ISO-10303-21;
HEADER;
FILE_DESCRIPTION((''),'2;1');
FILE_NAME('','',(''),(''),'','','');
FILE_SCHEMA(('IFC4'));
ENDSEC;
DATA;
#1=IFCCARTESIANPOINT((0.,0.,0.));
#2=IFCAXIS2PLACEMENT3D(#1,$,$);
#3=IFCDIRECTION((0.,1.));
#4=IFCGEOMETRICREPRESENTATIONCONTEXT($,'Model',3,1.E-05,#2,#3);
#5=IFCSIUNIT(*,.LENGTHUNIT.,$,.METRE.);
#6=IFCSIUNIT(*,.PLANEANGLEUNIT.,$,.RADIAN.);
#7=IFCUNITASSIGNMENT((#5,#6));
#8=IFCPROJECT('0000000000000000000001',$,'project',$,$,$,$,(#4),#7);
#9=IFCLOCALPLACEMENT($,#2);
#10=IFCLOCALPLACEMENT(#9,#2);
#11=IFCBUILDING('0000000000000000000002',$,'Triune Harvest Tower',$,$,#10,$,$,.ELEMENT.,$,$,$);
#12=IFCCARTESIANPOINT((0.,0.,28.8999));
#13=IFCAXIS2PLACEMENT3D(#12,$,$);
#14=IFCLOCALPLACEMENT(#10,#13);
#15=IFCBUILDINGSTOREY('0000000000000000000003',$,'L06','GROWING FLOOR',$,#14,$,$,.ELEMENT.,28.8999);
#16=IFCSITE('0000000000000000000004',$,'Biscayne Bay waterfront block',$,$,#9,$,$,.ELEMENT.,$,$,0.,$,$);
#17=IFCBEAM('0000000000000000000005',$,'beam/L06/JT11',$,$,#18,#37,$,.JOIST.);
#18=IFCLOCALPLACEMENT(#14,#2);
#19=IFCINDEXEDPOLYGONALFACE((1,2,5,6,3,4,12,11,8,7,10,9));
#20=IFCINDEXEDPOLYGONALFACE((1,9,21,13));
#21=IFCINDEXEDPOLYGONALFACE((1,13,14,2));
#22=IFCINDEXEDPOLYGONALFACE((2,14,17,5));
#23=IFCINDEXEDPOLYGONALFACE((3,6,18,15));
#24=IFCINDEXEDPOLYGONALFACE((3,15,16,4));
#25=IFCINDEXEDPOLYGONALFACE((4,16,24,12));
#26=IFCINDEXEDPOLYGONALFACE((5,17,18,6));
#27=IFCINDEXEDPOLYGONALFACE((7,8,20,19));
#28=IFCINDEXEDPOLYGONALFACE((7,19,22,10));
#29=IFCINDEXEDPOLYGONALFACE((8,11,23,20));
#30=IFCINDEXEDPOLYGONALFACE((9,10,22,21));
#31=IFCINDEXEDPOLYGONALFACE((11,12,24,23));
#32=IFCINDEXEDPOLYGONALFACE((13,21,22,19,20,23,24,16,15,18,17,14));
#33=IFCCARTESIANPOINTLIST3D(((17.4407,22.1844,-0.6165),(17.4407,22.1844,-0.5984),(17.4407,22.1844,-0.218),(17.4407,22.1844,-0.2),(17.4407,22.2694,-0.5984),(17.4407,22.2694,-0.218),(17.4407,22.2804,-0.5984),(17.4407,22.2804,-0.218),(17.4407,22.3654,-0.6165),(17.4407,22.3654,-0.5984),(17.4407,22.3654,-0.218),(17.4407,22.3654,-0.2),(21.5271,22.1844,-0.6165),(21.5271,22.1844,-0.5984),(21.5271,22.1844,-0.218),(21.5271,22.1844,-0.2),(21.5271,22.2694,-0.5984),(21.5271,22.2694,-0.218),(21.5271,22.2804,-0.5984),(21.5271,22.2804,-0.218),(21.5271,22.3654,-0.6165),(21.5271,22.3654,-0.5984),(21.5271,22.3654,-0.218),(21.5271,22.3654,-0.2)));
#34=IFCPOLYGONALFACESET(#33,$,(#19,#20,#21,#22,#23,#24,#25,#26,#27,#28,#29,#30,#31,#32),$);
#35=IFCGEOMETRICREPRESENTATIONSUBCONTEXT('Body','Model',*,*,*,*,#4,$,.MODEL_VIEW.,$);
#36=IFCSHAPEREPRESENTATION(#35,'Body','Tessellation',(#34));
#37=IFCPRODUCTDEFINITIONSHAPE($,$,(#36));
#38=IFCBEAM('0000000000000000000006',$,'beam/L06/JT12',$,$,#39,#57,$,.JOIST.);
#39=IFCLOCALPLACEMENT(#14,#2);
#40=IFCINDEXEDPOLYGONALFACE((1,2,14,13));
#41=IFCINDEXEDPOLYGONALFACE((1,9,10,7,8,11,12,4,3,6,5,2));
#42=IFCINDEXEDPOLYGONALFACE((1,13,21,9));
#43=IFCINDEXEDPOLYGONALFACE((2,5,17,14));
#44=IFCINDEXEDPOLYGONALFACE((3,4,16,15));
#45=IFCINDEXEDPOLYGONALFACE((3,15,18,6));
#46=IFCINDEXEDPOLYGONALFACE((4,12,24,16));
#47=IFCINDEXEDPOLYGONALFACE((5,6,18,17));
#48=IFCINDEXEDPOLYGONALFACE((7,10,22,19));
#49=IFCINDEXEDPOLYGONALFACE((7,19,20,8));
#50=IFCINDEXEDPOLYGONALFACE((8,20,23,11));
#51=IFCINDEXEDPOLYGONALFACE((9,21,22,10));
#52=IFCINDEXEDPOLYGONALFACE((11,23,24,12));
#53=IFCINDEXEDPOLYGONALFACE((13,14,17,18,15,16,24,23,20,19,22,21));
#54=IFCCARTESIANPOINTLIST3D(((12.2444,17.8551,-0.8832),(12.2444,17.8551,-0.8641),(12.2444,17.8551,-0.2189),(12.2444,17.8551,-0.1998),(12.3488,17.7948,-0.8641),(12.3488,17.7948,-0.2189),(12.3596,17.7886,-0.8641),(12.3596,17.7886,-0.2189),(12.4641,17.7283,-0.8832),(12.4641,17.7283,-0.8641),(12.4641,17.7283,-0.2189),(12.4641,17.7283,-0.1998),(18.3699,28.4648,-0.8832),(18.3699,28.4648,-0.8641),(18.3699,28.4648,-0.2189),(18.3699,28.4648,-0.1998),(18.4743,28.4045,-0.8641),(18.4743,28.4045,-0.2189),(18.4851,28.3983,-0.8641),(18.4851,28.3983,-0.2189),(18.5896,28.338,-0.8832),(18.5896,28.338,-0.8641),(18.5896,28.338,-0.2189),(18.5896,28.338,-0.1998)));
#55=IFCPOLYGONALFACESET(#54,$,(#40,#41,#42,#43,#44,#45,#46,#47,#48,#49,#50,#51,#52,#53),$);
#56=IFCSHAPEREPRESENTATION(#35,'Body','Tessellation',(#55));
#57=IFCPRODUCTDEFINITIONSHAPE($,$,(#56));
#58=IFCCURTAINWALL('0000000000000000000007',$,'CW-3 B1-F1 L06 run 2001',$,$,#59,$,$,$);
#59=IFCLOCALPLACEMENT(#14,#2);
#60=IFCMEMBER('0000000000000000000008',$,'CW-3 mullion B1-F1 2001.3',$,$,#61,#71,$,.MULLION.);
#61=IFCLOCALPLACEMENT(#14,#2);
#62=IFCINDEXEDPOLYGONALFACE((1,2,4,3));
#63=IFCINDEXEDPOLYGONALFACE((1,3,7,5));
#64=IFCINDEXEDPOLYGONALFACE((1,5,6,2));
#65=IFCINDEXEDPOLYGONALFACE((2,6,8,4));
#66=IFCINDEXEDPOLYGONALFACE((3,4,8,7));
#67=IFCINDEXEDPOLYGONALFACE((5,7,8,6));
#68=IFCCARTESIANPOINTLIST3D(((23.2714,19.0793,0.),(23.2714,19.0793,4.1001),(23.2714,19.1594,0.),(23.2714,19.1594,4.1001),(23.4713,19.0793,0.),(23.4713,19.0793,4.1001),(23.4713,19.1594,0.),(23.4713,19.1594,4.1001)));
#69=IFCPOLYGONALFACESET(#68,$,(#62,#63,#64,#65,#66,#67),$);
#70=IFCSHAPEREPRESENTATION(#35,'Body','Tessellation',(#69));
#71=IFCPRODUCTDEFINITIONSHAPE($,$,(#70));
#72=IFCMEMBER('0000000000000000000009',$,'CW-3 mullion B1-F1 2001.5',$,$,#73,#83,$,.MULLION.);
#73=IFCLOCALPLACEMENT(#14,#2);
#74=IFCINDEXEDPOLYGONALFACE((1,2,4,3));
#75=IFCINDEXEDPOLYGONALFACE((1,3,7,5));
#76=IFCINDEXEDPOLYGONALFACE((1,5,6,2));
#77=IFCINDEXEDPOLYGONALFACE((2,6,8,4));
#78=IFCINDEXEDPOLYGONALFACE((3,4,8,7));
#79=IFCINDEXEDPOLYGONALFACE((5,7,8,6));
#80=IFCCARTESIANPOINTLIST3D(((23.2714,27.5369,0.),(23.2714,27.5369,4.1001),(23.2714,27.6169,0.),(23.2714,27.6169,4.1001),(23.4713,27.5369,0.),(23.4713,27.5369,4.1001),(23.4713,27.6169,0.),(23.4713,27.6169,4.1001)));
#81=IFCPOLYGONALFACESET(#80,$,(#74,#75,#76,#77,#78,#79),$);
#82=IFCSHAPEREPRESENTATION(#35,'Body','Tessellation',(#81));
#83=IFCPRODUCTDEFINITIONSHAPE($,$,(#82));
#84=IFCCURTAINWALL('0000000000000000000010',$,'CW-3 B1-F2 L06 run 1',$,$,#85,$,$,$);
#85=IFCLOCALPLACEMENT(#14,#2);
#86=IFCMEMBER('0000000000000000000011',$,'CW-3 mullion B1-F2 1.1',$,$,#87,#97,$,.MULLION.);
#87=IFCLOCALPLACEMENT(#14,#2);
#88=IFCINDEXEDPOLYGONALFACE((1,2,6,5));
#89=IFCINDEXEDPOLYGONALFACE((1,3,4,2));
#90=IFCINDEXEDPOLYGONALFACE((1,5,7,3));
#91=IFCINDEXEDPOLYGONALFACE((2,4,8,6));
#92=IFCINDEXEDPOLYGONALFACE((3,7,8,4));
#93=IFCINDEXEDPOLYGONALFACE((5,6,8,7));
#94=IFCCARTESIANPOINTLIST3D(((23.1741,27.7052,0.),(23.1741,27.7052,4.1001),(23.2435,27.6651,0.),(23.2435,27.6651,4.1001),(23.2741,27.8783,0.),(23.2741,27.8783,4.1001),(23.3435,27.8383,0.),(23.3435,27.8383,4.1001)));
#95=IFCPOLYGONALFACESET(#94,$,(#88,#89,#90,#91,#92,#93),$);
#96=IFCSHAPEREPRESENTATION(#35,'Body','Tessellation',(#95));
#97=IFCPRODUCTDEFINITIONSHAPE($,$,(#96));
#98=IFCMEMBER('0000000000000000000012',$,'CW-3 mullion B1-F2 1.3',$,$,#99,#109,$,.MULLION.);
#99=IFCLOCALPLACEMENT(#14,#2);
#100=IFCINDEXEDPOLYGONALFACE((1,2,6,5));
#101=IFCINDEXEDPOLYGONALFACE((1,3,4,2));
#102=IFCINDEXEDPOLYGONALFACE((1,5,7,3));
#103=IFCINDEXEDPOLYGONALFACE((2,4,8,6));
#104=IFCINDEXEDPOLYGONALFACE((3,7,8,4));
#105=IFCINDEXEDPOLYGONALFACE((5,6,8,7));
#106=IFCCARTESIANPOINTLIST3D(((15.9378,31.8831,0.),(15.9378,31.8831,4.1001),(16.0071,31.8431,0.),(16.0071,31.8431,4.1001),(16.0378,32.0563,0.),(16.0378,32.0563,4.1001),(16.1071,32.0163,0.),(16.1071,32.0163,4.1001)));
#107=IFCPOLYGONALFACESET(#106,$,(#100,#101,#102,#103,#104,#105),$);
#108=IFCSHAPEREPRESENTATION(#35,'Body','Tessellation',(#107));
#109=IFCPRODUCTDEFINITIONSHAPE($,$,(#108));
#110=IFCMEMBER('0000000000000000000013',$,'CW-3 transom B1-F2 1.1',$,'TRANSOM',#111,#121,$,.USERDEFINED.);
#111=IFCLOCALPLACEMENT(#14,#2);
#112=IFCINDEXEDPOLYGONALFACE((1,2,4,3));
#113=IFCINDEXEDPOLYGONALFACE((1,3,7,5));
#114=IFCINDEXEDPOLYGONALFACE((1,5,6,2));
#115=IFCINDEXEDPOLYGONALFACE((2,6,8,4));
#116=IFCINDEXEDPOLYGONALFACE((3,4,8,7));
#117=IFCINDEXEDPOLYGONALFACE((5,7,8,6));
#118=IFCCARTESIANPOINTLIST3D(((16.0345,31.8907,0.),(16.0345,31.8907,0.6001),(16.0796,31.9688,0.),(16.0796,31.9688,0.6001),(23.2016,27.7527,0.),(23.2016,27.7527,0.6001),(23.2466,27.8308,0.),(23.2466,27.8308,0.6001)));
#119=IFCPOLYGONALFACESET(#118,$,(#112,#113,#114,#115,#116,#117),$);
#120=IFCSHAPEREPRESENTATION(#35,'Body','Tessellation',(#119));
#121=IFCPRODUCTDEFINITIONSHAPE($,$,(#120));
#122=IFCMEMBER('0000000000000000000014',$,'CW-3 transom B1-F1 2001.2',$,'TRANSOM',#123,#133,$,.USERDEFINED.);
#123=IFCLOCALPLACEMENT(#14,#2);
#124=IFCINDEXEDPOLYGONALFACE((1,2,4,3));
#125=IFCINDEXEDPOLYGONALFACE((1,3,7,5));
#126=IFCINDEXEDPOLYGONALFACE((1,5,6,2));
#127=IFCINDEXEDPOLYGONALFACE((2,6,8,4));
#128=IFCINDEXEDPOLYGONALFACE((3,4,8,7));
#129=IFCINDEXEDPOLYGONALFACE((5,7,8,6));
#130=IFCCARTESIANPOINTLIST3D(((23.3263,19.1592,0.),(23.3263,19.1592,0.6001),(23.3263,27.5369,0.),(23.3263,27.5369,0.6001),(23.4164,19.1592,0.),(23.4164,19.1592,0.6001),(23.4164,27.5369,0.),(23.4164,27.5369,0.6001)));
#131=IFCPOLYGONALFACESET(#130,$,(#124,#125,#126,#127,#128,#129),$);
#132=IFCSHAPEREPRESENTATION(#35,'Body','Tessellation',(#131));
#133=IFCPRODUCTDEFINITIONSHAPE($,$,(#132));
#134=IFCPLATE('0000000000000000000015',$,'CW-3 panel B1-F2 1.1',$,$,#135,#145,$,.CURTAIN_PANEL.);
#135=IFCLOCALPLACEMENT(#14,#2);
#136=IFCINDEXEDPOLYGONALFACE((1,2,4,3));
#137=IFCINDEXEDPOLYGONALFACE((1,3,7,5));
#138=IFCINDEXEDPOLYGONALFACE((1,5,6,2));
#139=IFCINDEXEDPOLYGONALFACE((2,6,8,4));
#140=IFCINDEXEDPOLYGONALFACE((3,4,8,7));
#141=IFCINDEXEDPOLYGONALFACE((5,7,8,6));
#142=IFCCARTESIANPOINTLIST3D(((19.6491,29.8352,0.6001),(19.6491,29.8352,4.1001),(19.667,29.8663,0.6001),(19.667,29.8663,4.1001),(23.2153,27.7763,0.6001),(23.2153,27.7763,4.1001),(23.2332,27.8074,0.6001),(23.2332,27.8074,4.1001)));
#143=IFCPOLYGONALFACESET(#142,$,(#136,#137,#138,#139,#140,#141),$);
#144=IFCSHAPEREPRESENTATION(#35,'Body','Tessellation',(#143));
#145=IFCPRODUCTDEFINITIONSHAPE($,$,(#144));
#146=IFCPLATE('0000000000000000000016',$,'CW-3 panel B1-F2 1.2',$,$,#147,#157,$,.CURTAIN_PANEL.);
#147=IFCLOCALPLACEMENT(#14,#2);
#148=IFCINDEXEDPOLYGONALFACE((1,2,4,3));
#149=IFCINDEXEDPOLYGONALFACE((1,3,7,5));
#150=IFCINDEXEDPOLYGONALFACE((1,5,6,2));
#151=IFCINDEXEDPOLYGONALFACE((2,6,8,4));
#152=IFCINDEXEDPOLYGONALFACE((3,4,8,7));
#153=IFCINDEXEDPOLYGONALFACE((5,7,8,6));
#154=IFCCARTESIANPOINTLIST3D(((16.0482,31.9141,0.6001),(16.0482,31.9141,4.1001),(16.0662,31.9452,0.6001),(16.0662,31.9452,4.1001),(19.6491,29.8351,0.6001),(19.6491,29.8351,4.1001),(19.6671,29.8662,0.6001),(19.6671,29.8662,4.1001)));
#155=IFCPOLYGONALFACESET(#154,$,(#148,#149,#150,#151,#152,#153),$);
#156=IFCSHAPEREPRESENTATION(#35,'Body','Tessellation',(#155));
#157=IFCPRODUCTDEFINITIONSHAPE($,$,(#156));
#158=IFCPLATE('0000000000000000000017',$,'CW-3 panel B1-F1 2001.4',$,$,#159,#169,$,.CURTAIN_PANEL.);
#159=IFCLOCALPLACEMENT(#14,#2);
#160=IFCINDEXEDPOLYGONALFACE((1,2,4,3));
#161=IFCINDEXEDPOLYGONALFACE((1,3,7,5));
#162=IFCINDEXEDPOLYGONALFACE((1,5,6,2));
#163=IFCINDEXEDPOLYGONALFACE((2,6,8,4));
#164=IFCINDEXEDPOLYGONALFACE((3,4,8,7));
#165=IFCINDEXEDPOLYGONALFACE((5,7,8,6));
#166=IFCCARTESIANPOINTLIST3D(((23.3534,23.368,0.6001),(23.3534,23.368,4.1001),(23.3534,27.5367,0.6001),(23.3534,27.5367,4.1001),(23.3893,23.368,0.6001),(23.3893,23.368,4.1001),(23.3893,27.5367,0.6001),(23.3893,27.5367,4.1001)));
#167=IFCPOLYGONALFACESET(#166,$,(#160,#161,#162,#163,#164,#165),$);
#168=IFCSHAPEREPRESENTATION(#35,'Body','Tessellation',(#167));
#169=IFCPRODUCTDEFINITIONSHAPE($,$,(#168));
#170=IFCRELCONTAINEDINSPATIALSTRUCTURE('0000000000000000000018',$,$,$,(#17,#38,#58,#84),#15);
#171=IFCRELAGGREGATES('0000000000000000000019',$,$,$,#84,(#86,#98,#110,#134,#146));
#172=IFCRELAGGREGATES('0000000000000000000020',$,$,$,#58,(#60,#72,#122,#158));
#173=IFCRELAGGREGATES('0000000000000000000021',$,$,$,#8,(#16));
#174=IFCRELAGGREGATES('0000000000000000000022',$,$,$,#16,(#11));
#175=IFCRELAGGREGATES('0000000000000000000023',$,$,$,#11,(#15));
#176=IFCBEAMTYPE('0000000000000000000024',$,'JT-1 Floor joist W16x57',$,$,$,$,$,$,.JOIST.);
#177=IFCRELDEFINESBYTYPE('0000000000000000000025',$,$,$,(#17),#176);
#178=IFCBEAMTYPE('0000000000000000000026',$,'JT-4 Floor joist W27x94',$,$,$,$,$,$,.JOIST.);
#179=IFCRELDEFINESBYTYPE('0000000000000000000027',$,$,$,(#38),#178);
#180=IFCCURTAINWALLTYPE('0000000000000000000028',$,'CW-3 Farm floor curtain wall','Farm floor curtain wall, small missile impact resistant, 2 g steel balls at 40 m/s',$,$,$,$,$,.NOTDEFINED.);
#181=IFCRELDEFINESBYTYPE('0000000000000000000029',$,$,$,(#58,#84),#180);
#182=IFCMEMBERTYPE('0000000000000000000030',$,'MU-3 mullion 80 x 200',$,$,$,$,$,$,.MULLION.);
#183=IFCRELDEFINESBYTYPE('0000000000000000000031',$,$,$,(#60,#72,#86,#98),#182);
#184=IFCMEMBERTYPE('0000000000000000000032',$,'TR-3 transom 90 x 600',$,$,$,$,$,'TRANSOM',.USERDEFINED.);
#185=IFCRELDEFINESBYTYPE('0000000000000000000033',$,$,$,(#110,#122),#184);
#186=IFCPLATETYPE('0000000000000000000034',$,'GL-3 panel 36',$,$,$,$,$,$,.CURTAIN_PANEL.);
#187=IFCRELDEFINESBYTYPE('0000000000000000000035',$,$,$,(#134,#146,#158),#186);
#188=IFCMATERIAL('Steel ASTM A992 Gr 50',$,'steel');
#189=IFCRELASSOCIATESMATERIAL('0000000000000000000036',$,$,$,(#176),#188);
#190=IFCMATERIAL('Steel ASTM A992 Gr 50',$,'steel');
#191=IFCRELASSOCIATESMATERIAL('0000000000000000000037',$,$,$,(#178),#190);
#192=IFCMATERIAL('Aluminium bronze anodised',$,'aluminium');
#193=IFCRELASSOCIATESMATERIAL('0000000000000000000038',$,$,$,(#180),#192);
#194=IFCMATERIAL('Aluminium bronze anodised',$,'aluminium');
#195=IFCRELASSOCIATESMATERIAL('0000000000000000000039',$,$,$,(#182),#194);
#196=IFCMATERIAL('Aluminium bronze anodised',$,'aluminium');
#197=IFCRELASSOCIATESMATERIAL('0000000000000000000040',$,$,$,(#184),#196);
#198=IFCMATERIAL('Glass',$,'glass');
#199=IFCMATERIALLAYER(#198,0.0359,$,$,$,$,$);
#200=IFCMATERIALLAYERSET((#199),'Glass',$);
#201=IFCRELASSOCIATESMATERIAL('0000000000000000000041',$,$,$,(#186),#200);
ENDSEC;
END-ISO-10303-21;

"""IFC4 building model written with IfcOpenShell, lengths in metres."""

from ifc_helpers import new_model, si_unit, direction, frame, origin, origin_2d, place, context, subcontext, project, spatial, rectangle, i_section, extrude, source, transform, mapped, material, layer, layer_set, material_profile, profile_set, type_object, element, aggregate, save


model = new_model("IFC4")

# Units and contexts
model_context = context("Model", 3, precision=1e-05, world=origin(), true_north=direction((0.0, 1.0)))
body_context = subcontext(model_context, "Body", "Model", "MODEL_VIEW")
ifc_project = project(units=[si_unit("LENGTHUNIT", "METRE"), si_unit("PLANEANGLEUNIT", "RADIAN")], contexts=[model_context])

# Site, building, storey
site_placement = place(None, origin())
site = spatial("IfcSite", under=ifc_project, at=site_placement, Name="Biscayne Bay waterfront block", CompositionType="ELEMENT", RefElevation=0.0)
building_placement = place(site_placement, origin())
building = spatial("IfcBuilding", under=site, at=building_placement, Name="Triune Harvest Tower", CompositionType="ELEMENT")
storey_placement = place(building_placement, frame((0.0, 0.0, 28.8999)))
storey = spatial("IfcBuildingStorey", under=building, at=storey_placement, Name="L06", Description="GROWING FLOOR", CompositionType="ELEMENT", Elevation=28.8999)

# Beams
ifc_material_1 = material(Name="Steel ASTM A992 Gr 50", Category="steel")
ifc_material_profile_1 = material_profile(ifc_material_1, i_section(OverallWidth=0.1809, OverallDepth=0.4165, WebThickness=0.011, FlangeThickness=0.0181, at=origin_2d()), Name="W16x57")
ifc_profile_set_1 = profile_set([ifc_material_profile_1], Name="Steel ASTM A992 Gr 50")
beam_type_1 = type_object("IfcBeamType", Name="JT-1 Floor joist W16x57", PredefinedType="JOIST", material=ifc_profile_set_1)
shared_shape_1 = source(origin(), body_context, "Body", "SweptSolid", [
    extrude(i_section(OverallWidth=0.1809, OverallDepth=0.4165, WebThickness=0.011, FlangeThickness=0.0181, at=origin_2d()), origin(), (0.0, 0.0, 1.0), 4.0864),
])
beam_1_placement = place(storey_placement, frame((21.5271, 22.2749, -0.4082), z_axis=(-1.0, 0.0, 0.0), x_axis=(0.0, -1.0, 0.0)))
element("IfcBeam", 1, at=beam_1_placement, inside=storey, type_object=beam_type_1, Name="beam/L06/JT11", PredefinedType="JOIST", context=body_context, shape_type="MappedRepresentation", body=[
    mapped(shared_shape_1, transform((0.0, 0.0, 0.0), scale=1.0)),
])
ifc_material_2 = material(Name="Steel ASTM A992 Gr 50", Category="steel")
ifc_material_profile_2 = material_profile(ifc_material_2, i_section(OverallWidth=0.2537, OverallDepth=0.6833, WebThickness=0.0125, FlangeThickness=0.019, at=origin_2d()), Name="W27x94")
ifc_profile_set_2 = profile_set([ifc_material_profile_2], Name="Steel ASTM A992 Gr 50")
beam_type_2 = type_object("IfcBeamType", Name="JT-4 Floor joist W27x94", PredefinedType="JOIST", material=ifc_profile_set_2)
shared_shape_2 = source(origin(), body_context, "Body", "SweptSolid", [
    extrude(i_section(OverallWidth=0.2537, OverallDepth=0.6833, WebThickness=0.0125, FlangeThickness=0.019, at=origin_2d()), origin(), (0.0, 0.0, 1.0), 12.251),
])
beam_2_placement = place(storey_placement, frame((18.4797, 28.4014, -0.5415), z_axis=(-0.500001, -0.866025, 0.0), x_axis=(0.866025, -0.500001, 0.0)))
element("IfcBeam", 2, at=beam_2_placement, inside=storey, type_object=beam_type_2, Name="beam/L06/JT12", PredefinedType="JOIST", context=body_context, shape_type="MappedRepresentation", body=[
    mapped(shared_shape_2, transform((0.0, 0.0, 0.0), scale=1.0)),
])

# Curtain walls, members
ifc_material_3 = material(Name="Aluminium bronze anodised", Category="aluminium")
curtain_wall_type = type_object("IfcCurtainWallType", Name="CW-3 Farm floor curtain wall", Description="Farm floor curtain wall, small missile impact resistant, 2 g steel balls at 40 m/s", PredefinedType="NOTDEFINED", material=ifc_material_3)
curtain_wall_1_placement = place(storey_placement, origin())
curtain_wall_1 = element("IfcCurtainWall", 3, at=curtain_wall_1_placement, inside=storey, type_object=curtain_wall_type, Name="CW-3 B1-F1 L06 run 2001")
ifc_material_4 = material(Name="Aluminium bronze anodised", Category="aluminium")
ifc_material_profile_3 = material_profile(ifc_material_4, rectangle(XDim=0.2, YDim=0.0801, at=origin_2d()), Name="MU-3 mullion 80 x 200")
ifc_profile_set_3 = profile_set([ifc_material_profile_3], Name="Aluminium bronze anodised")
member_type_1 = type_object("IfcMemberType", Name="MU-3 mullion 80 x 200", PredefinedType="MULLION", material=ifc_profile_set_3)
shared_shape_3 = source(origin(), body_context, "Body", "SweptSolid", [
    extrude(rectangle(XDim=0.2, YDim=0.0801, at=origin_2d()), origin(), (0.0, 0.0, 1.0), 4.1001),
])
member_1_placement = place(storey_placement, frame((23.3713, 19.1194, 0.0), z_axis=(0.0, 0.0, 1.0), x_axis=(-1.0, 0.0, 0.0)))
member_1 = element("IfcMember", 4, at=member_1_placement, type_object=member_type_1, Name="CW-3 mullion B1-F1 2001.3", PredefinedType="MULLION", context=body_context, shape_type="MappedRepresentation", body=[
    mapped(shared_shape_3, transform((0.0, 0.0, 0.0), scale=1.0)),
])
member_2_placement = place(storey_placement, frame((23.3713, 27.5769, 0.0), z_axis=(0.0, 0.0, 1.0), x_axis=(-1.0, 0.0, 0.0)))
member_2 = element("IfcMember", 5, at=member_2_placement, type_object=member_type_1, Name="CW-3 mullion B1-F1 2001.5", PredefinedType="MULLION", context=body_context, shape_type="MappedRepresentation", body=[
    mapped(shared_shape_3, transform((0.0, 0.0, 0.0), scale=1.0)),
])
curtain_wall_2_placement = place(storey_placement, origin())
curtain_wall_2 = element("IfcCurtainWall", 6, at=curtain_wall_2_placement, inside=storey, type_object=curtain_wall_type, Name="CW-3 B1-F2 L06 run 1")
member_3_placement = place(storey_placement, frame((23.2588, 27.7717, 0.0), z_axis=(0.0, 0.0, 1.0), x_axis=(-0.499999, -0.866026, 0.0)))
member_3 = element("IfcMember", 7, at=member_3_placement, type_object=member_type_1, Name="CW-3 mullion B1-F2 1.1", PredefinedType="MULLION", context=body_context, shape_type="MappedRepresentation", body=[
    mapped(shared_shape_3, transform((0.0, 0.0, 0.0), scale=1.0)),
])
member_4_placement = place(storey_placement, frame((16.0225, 31.9497, 0.0), z_axis=(0.0, 0.0, 1.0), x_axis=(-0.499999, -0.866026, 0.0)))
member_4 = element("IfcMember", 8, at=member_4_placement, type_object=member_type_1, Name="CW-3 mullion B1-F2 1.3", PredefinedType="MULLION", context=body_context, shape_type="MappedRepresentation", body=[
    mapped(shared_shape_3, transform((0.0, 0.0, 0.0), scale=1.0)),
])
ifc_material_5 = material(Name="Aluminium bronze anodised", Category="aluminium")
ifc_material_profile_4 = material_profile(ifc_material_5, rectangle(XDim=0.0901, YDim=0.6001, at=origin_2d()), Name="TR-3 transom 90 x 600")
ifc_profile_set_4 = profile_set([ifc_material_profile_4], Name="Aluminium bronze anodised")
member_type_2 = type_object("IfcMemberType", Name="TR-3 transom 90 x 600", ElementType="TRANSOM", PredefinedType="USERDEFINED", material=ifc_profile_set_4)
shared_shape_4 = source(origin(), body_context, "Body", "SweptSolid", [
    extrude(rectangle(XDim=0.0901, YDim=0.6001, at=origin_2d()), origin(), (0.0, 0.0, 1.0), 8.2759),
])
member_5_placement = place(storey_placement, frame((23.2241, 27.7917, 0.3), z_axis=(-0.866022, 0.500007, 0.0), x_axis=(-0.500007, -0.866022, 0.0)))
member_5 = element("IfcMember", 9, at=member_5_placement, type_object=member_type_2, Name="CW-3 transom B1-F2 1.1", ObjectType="TRANSOM", PredefinedType="USERDEFINED", context=body_context, shape_type="MappedRepresentation", body=[
    mapped(shared_shape_4, transform((0.0, 0.0, 0.0), scale=1.0)),
])

# Member
shared_shape_5 = source(origin(), body_context, "Body", "SweptSolid", [
    extrude(rectangle(XDim=0.0901, YDim=0.6001, at=origin_2d()), origin(), (0.0, 0.0, 1.0), 8.3777),
])
member_6_placement = place(storey_placement, frame((23.3713, 19.1592, 0.3), z_axis=(0.0, 1.0, 0.0), x_axis=(-1.0, 0.0, 0.0)))
member_6 = element("IfcMember", 10, at=member_6_placement, type_object=member_type_2, Name="CW-3 transom B1-F1 2001.2", ObjectType="TRANSOM", PredefinedType="USERDEFINED", context=body_context, shape_type="MappedRepresentation", body=[
    mapped(shared_shape_5, transform((0.0, 0.0, 0.0), scale=1.0)),
])

# Plates
ifc_material_6 = material(Name="Glass", Category="glass")
ifc_layer_1 = layer(ifc_material_6, 0.0359)
ifc_layer_set_1 = layer_set([ifc_layer_1], Name="Glass")
plate_type = type_object("IfcPlateType", Name="GL-3 panel 36", PredefinedType="CURTAIN_PANEL", material=ifc_layer_set_1)
shared_shape_6 = source(origin(), body_context, "Body", "SweptSolid", [
    extrude(rectangle(XDim=4.1179, YDim=0.0359, at=origin_2d()), origin(), (0.0, 0.0, 1.0), 3.5),
])
plate_1_placement = place(storey_placement, frame((21.4412, 28.8213, 0.6001), z_axis=(0.0, 0.0, 1.0), x_axis=(-0.866026, 0.499999, 0.0)))
plate_1 = element("IfcPlate", 11, at=plate_1_placement, type_object=plate_type, Name="CW-3 panel B1-F2 1.1", PredefinedType="CURTAIN_PANEL", context=body_context, shape_type="MappedRepresentation", body=[
    mapped(shared_shape_6, transform((0.0, 0.0, 0.0), scale=1.0)),
])
shared_shape_7 = source(origin(), body_context, "Body", "SweptSolid", [
    extrude(rectangle(XDim=4.158, YDim=0.0359, at=origin_2d()), origin(), (0.0, 0.0, 1.0), 3.5),
])
plate_2_placement = place(storey_placement, frame((17.8577, 30.8901, 0.6001), z_axis=(0.0, 0.0, 1.0), x_axis=(-0.866026, 0.499999, 0.0)))
plate_2 = element("IfcPlate", 12, at=plate_2_placement, type_object=plate_type, Name="CW-3 panel B1-F2 1.2", PredefinedType="CURTAIN_PANEL", context=body_context, shape_type="MappedRepresentation", body=[
    mapped(shared_shape_7, transform((0.0, 0.0, 0.0), scale=1.0)),
])
aggregate(curtain_wall_2, [member_3, member_4, member_5, plate_1, plate_2])
shared_shape_8 = source(origin(), body_context, "Body", "SweptSolid", [
    extrude(rectangle(XDim=4.1687, YDim=0.0359, at=origin_2d()), origin(), (0.0, 0.0, 1.0), 3.5),
])
plate_3_placement = place(storey_placement, frame((23.3713, 25.4524, 0.6001), z_axis=(0.0, 0.0, 1.0), x_axis=(0.0, 1.0, 0.0)))
plate_3 = element("IfcPlate", 13, at=plate_3_placement, type_object=plate_type, Name="CW-3 panel B1-F1 2001.4", PredefinedType="CURTAIN_PANEL", context=body_context, shape_type="MappedRepresentation", body=[
    mapped(shared_shape_8, transform((0.0, 0.0, 0.0), scale=1.0)),
])
aggregate(curtain_wall_1, [member_1, member_2, member_6, plate_3])

save(model, "model.ifc")
